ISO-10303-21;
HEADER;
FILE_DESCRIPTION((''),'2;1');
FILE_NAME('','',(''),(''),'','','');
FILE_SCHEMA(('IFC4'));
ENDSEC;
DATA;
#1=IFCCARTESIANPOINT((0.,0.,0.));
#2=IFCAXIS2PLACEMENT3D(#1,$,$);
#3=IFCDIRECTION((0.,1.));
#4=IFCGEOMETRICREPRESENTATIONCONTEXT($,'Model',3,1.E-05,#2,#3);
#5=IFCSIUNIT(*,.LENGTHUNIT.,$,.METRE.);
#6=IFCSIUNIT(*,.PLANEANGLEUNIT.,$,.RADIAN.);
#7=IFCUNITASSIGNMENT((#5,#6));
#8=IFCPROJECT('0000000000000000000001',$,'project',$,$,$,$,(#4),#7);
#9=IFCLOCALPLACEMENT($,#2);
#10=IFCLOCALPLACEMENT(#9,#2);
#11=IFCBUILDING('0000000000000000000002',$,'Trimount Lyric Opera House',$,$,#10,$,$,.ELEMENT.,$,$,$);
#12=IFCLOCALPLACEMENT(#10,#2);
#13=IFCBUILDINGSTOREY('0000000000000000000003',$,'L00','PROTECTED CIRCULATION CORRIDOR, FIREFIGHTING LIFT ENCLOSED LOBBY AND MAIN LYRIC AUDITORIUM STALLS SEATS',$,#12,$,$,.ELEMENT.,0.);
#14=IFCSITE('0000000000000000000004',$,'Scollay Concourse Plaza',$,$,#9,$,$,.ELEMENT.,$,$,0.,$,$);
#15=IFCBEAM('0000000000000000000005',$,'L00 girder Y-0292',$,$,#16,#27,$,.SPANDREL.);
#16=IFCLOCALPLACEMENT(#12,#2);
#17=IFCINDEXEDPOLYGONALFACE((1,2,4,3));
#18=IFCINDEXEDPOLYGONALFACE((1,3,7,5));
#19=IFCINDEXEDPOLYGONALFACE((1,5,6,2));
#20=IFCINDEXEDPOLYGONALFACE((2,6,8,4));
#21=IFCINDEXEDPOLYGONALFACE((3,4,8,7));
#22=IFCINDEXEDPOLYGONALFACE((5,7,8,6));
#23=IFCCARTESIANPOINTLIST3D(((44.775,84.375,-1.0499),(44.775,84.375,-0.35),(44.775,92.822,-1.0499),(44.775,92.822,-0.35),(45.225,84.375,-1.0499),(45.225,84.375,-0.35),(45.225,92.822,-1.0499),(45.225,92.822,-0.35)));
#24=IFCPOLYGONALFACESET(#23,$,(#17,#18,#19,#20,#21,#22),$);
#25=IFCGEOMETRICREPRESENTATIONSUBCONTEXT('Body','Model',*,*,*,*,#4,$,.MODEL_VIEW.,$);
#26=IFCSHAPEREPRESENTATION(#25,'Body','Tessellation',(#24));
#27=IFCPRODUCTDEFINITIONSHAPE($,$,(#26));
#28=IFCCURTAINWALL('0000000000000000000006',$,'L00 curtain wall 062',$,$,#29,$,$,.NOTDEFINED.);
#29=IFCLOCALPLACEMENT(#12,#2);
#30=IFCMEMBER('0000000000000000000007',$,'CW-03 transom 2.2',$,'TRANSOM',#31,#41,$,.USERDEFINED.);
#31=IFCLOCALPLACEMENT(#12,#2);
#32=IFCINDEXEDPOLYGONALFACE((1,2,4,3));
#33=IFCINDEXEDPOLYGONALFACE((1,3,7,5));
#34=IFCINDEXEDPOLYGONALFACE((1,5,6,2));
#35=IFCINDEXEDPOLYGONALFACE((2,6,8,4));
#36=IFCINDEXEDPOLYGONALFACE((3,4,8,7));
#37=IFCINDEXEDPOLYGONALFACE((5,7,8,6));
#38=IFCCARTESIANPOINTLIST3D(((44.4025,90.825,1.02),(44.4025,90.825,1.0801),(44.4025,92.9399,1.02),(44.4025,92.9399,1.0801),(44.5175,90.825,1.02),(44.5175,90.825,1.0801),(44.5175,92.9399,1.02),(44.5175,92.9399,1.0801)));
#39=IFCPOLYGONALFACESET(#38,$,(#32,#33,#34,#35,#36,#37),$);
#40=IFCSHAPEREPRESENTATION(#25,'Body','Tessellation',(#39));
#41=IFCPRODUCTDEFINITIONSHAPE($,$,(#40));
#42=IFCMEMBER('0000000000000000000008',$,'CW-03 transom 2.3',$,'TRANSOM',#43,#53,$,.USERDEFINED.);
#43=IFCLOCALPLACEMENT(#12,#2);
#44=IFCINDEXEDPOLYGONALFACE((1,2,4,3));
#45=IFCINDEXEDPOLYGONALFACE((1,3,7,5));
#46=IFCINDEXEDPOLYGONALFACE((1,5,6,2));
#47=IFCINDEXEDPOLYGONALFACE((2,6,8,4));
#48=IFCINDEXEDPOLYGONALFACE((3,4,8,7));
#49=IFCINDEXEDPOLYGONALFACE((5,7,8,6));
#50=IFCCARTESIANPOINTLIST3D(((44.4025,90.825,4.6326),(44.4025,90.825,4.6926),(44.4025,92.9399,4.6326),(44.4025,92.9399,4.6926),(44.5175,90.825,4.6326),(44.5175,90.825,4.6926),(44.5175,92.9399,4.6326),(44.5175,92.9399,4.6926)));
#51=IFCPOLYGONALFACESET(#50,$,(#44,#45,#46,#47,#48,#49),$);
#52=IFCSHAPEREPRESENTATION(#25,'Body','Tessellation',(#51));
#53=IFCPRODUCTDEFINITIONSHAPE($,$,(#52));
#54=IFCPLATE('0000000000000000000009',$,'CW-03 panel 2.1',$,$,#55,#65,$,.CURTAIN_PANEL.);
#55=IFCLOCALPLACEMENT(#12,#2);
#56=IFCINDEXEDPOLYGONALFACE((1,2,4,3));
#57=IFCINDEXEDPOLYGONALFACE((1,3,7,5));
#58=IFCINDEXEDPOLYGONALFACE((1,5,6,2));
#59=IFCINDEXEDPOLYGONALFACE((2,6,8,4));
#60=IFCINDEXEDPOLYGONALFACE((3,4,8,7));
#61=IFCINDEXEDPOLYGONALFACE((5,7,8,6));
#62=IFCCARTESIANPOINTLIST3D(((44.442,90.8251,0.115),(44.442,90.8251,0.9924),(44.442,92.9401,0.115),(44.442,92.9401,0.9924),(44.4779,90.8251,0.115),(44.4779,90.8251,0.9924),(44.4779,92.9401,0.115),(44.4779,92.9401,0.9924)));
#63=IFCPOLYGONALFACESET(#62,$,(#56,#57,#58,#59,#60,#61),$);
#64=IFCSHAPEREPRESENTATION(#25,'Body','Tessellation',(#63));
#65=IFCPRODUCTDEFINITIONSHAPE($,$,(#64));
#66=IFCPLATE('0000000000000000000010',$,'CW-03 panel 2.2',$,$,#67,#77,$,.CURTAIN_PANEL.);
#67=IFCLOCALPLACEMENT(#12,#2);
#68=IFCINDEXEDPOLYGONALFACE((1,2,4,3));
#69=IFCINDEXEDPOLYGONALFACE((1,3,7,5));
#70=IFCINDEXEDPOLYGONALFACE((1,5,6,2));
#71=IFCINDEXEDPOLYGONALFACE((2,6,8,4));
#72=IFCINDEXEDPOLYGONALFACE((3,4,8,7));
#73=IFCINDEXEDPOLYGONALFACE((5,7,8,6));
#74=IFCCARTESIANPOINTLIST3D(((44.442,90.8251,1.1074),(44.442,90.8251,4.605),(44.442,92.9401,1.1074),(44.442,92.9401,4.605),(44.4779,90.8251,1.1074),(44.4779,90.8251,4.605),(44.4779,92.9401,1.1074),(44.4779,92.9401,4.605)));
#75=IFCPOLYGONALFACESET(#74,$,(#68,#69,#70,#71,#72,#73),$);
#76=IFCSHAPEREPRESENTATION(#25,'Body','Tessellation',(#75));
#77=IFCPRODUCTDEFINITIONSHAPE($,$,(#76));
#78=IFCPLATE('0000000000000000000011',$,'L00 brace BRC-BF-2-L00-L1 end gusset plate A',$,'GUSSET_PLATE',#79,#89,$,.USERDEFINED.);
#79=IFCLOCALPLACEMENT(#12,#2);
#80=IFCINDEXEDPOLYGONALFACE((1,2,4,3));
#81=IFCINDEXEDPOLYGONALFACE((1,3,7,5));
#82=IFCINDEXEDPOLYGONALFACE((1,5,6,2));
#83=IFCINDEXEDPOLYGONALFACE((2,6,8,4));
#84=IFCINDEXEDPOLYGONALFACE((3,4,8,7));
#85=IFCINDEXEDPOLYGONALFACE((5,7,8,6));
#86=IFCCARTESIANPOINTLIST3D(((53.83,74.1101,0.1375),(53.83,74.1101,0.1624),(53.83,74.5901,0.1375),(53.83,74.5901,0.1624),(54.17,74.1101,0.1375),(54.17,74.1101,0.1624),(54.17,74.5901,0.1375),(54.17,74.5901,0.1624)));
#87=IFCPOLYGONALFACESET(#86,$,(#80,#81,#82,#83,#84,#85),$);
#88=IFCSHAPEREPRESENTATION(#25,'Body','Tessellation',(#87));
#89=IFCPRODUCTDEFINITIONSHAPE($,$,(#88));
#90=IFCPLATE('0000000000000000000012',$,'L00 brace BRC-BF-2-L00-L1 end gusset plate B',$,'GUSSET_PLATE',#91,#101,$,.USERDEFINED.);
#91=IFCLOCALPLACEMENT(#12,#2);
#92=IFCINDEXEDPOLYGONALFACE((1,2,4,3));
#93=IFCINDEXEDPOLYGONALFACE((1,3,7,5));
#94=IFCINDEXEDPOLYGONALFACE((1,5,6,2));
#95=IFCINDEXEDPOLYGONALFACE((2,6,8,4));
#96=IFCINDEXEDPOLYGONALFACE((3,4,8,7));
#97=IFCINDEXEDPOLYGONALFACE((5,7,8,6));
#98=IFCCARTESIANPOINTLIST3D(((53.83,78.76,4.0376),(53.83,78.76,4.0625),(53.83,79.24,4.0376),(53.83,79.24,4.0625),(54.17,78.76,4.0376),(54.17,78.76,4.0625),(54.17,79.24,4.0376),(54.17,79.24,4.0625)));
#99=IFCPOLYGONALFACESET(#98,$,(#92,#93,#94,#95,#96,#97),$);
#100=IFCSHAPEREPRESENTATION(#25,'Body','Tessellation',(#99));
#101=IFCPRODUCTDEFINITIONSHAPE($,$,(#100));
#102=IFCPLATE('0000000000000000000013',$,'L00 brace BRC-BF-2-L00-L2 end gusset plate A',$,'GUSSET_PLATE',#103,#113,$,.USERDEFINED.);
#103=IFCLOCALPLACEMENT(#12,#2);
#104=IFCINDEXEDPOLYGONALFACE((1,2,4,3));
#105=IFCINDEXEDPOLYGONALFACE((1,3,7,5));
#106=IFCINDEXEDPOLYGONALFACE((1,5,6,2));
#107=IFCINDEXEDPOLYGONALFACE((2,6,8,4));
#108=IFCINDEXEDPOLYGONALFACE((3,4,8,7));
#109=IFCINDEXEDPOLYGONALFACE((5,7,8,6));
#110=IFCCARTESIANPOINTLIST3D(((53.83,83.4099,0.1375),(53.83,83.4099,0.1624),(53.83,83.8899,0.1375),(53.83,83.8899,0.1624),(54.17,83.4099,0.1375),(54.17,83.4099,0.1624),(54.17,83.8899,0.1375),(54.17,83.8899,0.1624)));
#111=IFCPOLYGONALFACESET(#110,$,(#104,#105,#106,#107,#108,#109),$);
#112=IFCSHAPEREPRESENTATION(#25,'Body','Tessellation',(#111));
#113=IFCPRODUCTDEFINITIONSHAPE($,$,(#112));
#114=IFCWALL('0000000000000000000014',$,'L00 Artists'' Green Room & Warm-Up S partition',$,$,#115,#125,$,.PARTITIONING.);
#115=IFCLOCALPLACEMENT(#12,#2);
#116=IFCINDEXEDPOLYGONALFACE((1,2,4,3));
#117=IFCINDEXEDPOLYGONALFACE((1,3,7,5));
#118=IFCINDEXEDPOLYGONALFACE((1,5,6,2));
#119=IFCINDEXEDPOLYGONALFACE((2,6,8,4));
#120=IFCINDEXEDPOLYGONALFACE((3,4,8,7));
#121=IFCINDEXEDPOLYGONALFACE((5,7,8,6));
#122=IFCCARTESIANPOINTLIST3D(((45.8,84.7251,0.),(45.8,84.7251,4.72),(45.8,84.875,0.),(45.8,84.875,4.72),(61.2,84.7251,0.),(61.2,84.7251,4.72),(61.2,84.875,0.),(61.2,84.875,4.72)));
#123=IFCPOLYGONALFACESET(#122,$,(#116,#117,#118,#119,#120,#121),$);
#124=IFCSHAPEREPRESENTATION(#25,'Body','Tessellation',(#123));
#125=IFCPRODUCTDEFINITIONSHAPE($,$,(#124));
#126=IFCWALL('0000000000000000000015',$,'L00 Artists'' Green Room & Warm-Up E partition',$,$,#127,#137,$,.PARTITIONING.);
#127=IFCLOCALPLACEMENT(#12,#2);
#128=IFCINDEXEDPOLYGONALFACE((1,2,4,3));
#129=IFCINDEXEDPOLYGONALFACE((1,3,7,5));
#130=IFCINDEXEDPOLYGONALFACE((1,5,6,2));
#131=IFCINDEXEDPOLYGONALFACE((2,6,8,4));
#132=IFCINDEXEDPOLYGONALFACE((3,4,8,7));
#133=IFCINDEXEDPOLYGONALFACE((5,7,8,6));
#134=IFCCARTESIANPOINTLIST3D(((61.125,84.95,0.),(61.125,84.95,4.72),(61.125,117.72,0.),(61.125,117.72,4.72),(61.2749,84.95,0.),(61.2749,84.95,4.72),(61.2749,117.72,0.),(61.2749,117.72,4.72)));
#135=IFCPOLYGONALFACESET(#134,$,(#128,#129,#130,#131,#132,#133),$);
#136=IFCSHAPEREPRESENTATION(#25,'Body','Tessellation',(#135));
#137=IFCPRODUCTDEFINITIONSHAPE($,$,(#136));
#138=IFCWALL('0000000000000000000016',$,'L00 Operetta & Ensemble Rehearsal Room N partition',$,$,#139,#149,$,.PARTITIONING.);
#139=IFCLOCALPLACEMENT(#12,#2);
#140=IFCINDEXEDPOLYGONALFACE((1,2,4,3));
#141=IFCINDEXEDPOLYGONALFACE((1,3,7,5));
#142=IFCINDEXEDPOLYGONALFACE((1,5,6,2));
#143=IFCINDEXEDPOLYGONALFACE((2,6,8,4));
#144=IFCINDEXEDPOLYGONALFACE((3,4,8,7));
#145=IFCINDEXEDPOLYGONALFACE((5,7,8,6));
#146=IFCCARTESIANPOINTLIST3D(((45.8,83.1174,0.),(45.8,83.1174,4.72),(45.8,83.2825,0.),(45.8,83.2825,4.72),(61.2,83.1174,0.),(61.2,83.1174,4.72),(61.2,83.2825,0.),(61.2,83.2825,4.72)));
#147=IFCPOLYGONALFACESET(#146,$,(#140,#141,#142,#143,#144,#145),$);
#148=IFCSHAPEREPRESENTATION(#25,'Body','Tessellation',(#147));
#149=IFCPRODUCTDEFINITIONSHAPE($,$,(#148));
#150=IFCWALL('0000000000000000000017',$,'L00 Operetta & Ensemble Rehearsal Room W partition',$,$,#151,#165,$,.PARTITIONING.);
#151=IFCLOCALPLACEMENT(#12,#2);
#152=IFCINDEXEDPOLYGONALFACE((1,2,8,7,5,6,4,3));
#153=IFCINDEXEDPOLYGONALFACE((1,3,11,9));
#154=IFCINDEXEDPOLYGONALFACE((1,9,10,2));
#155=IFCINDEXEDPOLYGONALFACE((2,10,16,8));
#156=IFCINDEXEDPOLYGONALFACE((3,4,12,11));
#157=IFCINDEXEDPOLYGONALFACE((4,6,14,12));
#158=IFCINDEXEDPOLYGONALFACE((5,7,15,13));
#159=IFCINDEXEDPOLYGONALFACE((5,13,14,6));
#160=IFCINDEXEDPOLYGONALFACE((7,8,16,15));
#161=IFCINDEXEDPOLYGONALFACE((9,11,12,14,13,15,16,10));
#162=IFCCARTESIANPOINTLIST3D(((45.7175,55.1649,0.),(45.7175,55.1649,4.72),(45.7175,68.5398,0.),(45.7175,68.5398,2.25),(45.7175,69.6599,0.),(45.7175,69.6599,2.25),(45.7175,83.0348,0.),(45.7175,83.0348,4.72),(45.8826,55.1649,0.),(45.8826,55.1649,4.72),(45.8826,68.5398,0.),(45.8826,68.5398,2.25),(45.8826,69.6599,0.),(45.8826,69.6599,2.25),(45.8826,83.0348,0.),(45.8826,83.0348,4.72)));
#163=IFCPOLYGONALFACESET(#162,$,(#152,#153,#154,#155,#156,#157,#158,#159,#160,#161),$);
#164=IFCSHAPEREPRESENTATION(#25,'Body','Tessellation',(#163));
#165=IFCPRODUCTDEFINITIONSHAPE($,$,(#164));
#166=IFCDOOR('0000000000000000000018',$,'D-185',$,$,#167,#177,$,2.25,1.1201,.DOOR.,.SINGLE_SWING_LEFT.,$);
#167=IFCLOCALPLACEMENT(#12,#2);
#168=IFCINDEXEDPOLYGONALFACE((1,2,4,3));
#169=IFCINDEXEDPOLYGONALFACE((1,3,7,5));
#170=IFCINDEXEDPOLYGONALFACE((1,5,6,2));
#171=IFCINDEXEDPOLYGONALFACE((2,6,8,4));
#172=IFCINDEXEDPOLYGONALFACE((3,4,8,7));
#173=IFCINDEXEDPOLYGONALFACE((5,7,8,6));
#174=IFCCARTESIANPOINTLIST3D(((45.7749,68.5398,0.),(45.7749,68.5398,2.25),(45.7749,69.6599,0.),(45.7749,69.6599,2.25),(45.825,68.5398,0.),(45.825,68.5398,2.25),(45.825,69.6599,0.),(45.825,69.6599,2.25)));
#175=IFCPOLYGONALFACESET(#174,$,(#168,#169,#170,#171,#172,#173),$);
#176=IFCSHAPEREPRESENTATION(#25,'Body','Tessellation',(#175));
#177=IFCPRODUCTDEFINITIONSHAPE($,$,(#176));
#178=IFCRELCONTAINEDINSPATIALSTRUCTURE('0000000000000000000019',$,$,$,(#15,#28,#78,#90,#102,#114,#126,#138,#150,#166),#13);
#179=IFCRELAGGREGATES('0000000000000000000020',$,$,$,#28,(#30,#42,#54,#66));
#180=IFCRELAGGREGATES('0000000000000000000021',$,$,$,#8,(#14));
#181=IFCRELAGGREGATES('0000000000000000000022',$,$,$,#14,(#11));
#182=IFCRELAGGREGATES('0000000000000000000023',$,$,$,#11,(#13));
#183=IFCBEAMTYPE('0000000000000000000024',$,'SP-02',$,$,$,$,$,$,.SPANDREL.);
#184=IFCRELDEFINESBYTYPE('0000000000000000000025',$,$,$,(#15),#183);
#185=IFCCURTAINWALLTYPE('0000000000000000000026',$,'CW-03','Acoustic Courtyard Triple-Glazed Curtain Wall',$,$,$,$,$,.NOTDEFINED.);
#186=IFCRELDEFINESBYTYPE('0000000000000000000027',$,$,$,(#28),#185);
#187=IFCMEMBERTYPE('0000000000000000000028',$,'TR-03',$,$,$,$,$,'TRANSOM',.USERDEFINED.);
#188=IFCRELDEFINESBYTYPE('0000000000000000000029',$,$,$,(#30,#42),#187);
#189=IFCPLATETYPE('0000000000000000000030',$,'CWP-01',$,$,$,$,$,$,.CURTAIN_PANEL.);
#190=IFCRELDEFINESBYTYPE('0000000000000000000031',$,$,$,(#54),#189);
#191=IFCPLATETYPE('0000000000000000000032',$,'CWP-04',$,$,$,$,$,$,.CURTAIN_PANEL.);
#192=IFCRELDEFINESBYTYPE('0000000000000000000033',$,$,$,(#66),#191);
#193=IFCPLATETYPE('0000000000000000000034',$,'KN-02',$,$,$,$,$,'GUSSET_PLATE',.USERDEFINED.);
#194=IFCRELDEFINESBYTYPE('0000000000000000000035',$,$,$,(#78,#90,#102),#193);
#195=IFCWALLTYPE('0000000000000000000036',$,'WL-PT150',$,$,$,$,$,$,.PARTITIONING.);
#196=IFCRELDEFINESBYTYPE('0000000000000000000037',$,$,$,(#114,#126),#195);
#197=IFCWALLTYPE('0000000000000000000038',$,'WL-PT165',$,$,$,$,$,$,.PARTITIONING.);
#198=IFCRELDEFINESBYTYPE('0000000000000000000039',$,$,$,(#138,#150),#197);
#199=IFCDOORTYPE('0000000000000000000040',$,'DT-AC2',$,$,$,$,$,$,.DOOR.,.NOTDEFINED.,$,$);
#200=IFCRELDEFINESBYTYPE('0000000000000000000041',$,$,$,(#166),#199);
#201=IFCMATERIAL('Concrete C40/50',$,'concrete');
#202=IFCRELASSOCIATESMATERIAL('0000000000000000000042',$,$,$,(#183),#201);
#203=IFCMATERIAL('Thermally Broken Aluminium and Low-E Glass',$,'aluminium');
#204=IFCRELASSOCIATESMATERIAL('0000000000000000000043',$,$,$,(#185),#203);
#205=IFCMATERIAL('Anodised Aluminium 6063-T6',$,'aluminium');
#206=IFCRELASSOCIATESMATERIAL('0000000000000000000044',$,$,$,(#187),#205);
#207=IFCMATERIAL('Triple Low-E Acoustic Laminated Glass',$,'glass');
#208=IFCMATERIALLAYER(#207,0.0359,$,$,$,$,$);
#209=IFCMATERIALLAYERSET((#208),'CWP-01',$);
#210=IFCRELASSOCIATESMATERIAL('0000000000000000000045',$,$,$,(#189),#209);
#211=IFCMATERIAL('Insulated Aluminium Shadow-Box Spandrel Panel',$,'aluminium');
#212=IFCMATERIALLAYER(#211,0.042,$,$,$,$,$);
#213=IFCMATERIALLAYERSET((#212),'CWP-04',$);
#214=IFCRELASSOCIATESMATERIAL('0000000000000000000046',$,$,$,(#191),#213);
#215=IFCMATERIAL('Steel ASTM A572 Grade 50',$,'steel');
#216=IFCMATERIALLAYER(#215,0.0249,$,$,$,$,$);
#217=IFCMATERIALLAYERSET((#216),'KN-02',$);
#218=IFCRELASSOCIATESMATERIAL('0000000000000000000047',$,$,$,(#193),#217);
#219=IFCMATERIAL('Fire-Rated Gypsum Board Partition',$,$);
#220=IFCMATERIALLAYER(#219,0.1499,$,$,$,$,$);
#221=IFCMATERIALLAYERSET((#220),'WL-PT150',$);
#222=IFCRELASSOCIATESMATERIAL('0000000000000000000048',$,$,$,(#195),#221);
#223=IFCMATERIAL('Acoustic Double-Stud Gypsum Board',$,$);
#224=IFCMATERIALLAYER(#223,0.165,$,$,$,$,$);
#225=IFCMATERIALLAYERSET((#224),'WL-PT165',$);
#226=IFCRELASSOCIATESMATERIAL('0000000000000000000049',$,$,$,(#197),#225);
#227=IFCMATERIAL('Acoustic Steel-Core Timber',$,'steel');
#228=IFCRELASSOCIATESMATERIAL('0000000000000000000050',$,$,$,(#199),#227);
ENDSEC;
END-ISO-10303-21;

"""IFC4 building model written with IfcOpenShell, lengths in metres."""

from ifc_helpers import new_model, si_unit, direction, frame, frame_2d, origin, origin_2d, place, context, subcontext, project, spatial, rectangle, extrude, material, layer, layer_set, material_profile, profile_set, type_object, element, fill, aggregate, save


model = new_model("IFC4")

# Units and contexts
model_context = context("Model", 3, precision=1e-05, world=origin(), true_north=direction((0.0, 1.0)))
body_context = subcontext(model_context, "Body", "Model", "MODEL_VIEW")
ifc_project = project(units=[si_unit("LENGTHUNIT", "METRE"), si_unit("PLANEANGLEUNIT", "RADIAN")], contexts=[model_context])

# Site, building, storey
site_placement = place(None, origin())
site = spatial("IfcSite", under=ifc_project, at=site_placement, Name="Scollay Concourse Plaza", CompositionType="ELEMENT", RefElevation=0.0)
building_placement = place(site_placement, origin())
building = spatial("IfcBuilding", under=site, at=building_placement, Name="Trimount Lyric Opera House", CompositionType="ELEMENT")
storey_placement = place(building_placement, origin())
storey = spatial("IfcBuildingStorey", under=building, at=storey_placement, Name="L00", Description="PROTECTED CIRCULATION CORRIDOR, FIREFIGHTING LIFT ENCLOSED LOBBY AND MAIN LYRIC AUDITORIUM STALLS SEATS", CompositionType="ELEMENT", Elevation=0.0)

# Beam
ifc_material_1 = material(Name="Concrete C40/50", Category="concrete")
ifc_material_profile_1 = material_profile(ifc_material_1, rectangle(XDim=0.45, YDim=0.7, at=origin_2d()), Name="RC450X700")
ifc_profile_set_1 = profile_set([ifc_material_profile_1], Name="Concrete C40/50")
beam_type_1 = type_object("IfcBeamType", Name="SP-02", PredefinedType="SPANDREL", material=ifc_profile_set_1)
beam_1_placement = place(storey_placement, frame((45.0, 84.375, -0.7), z_axis=(0.0, 1.0, 0.0), x_axis=(-1.0, 0.0, 0.0)))
element("IfcBeam", 1, at=beam_1_placement, inside=storey, type_object=beam_type_1, Name="L00 girder Y-0292", PredefinedType="SPANDREL", context=body_context, shape_type="SweptSolid", body=[
    extrude(rectangle(XDim=0.45, YDim=0.7, at=origin_2d()), origin(), (0.0, 0.0, 1.0), 8.447),
])

# Curtain wall, members, plates
ifc_material_2 = material(Name="Thermally Broken Aluminium and Low-E Glass", Category="aluminium")
curtain_wall_type = type_object("IfcCurtainWallType", Name="CW-03", Description="Acoustic Courtyard Triple-Glazed Curtain Wall", PredefinedType="NOTDEFINED", material=ifc_material_2)
curtain_wall_placement = place(storey_placement, origin())
curtain_wall = element("IfcCurtainWall", 2, at=curtain_wall_placement, inside=storey, type_object=curtain_wall_type, Name="L00 curtain wall 062", PredefinedType="NOTDEFINED")
ifc_material_3 = material(Name="Anodised Aluminium 6063-T6", Category="aluminium")
ifc_material_profile_2 = material_profile(ifc_material_3, rectangle(XDim=0.115, YDim=0.0601, at=origin_2d()), Name="ALU-TRAN-60X115")
ifc_profile_set_2 = profile_set([ifc_material_profile_2], Name="Anodised Aluminium 6063-T6")
member_type_1 = type_object("IfcMemberType", Name="TR-03", ElementType="TRANSOM", PredefinedType="USERDEFINED", material=ifc_profile_set_2)
member_1_placement = place(storey_placement, frame((44.46, 90.825, 1.05), z_axis=(0.0, 1.0, 0.0), x_axis=(-1.0, 0.0, 0.0)))
member_1 = element("IfcMember", 3, at=member_1_placement, type_object=member_type_1, Name="CW-03 transom 2.2", ObjectType="TRANSOM", PredefinedType="USERDEFINED", context=body_context, shape_type="SweptSolid", body=[
    extrude(rectangle(XDim=0.115, YDim=0.0601, at=origin_2d()), origin(), (0.0, 0.0, 1.0), 2.115),
])
member_2_placement = place(storey_placement, frame((44.46, 90.825, 4.6626), z_axis=(0.0, 1.0, 0.0), x_axis=(-1.0, 0.0, 0.0)))
member_2 = element("IfcMember", 4, at=member_2_placement, type_object=member_type_1, Name="CW-03 transom 2.3", ObjectType="TRANSOM", PredefinedType="USERDEFINED", context=body_context, shape_type="SweptSolid", body=[
    extrude(rectangle(XDim=0.115, YDim=0.0601, at=origin_2d()), origin(), (0.0, 0.0, 1.0), 2.115),
])
ifc_material_4 = material(Name="Triple Low-E Acoustic Laminated Glass", Category="glass")
ifc_layer_1 = layer(ifc_material_4, 0.0359)
ifc_layer_set_1 = layer_set([ifc_layer_1], Name="CWP-01")
plate_type_1 = type_object("IfcPlateType", Name="CWP-01", PredefinedType="CURTAIN_PANEL", material=ifc_layer_set_1)
plate_1_placement = place(storey_placement, frame((44.46, 91.8826, 0.115), z_axis=(0.0, 0.0, 1.0), x_axis=(0.0, 1.0, 0.0)))
plate_1 = element("IfcPlate", 5, at=plate_1_placement, type_object=plate_type_1, Name="CW-03 panel 2.1", PredefinedType="CURTAIN_PANEL", context=body_context, shape_type="SweptSolid", body=[
    extrude(rectangle(XDim=2.115, YDim=0.0359, at=origin_2d()), origin(), (0.0, 0.0, 1.0), 0.8774),
])
ifc_material_5 = material(Name="Insulated Aluminium Shadow-Box Spandrel Panel", Category="aluminium")
ifc_layer_2 = layer(ifc_material_5, 0.042)
ifc_layer_set_2 = layer_set([ifc_layer_2], Name="CWP-04")
plate_type_2 = type_object("IfcPlateType", Name="CWP-04", PredefinedType="CURTAIN_PANEL", material=ifc_layer_set_2)
plate_2_placement = place(storey_placement, frame((44.46, 91.8826, 1.1074), z_axis=(0.0, 0.0, 1.0), x_axis=(0.0, 1.0, 0.0)))
plate_2 = element("IfcPlate", 6, at=plate_2_placement, type_object=plate_type_2, Name="CW-03 panel 2.2", PredefinedType="CURTAIN_PANEL", context=body_context, shape_type="SweptSolid", body=[
    extrude(rectangle(XDim=2.115, YDim=0.0359, at=origin_2d()), origin(), (0.0, 0.0, 1.0), 3.4976),
])
aggregate(curtain_wall, [member_1, member_2, plate_1, plate_2])

# Plates
ifc_material_6 = material(Name="Steel ASTM A572 Grade 50", Category="steel")
ifc_layer_3 = layer(ifc_material_6, 0.0249)
ifc_layer_set_3 = layer_set([ifc_layer_3], Name="KN-02")
plate_type_3 = type_object("IfcPlateType", Name="KN-02", ElementType="GUSSET_PLATE", PredefinedType="USERDEFINED", material=ifc_layer_set_3)
for number, where, z_axis, x_axis, name in (
    (7, (54.0, 74.3501, 0.1375), (0.0, 0.0, 1.0), (0.0, 1.0, 0.0), "L00 brace BRC-BF-2-L00-L1 end gusset plate A"),
    (8, (54.0, 79.0, 4.0376), (0.0, 0.0, 1.0), (0.0, 1.0, 0.0), "L00 brace BRC-BF-2-L00-L1 end gusset plate B"),
    (9, (54.0, 83.6499, 0.1375), (0.0, 0.0, 1.0), (0.0, -1.0, 0.0), "L00 brace BRC-BF-2-L00-L2 end gusset plate A"),
):
    element("IfcPlate", number, at=place(storey_placement, frame(where, z_axis=z_axis, x_axis=x_axis)), inside=storey, type_object=plate_type_3, Name=name, ObjectType="GUSSET_PLATE", PredefinedType="USERDEFINED", context=body_context, shape_type="SweptSolid", body=[
        extrude(rectangle(XDim=0.48, YDim=0.3401, at=origin_2d()), origin(), (0.0, 0.0, 1.0), 0.0249),
    ])

# Walls
ifc_material_7 = material(Name="Fire-Rated Gypsum Board Partition")
ifc_layer_4 = layer(ifc_material_7, 0.1499)
ifc_layer_set_4 = layer_set([ifc_layer_4], Name="WL-PT150")
wall_type_1 = type_object("IfcWallType", Name="WL-PT150", PredefinedType="PARTITIONING", material=ifc_layer_set_4)
wall_1_placement = place(storey_placement, frame((45.8, 84.8, 0.0), z_axis=(0.0, 0.0, 1.0), x_axis=(1.0, 0.0, 0.0)))
element("IfcWall", 10, at=wall_1_placement, inside=storey, type_object=wall_type_1, Name="L00 Artists' Green Room & Warm-Up S partition", PredefinedType="PARTITIONING", context=body_context, shape_type="SweptSolid", body=[
    extrude(rectangle(XDim=15.3999, YDim=0.1499, at=frame_2d((7.7, 0.0))), origin(), (0.0, 0.0, 1.0), 4.72),
])
wall_2_placement = place(storey_placement, frame((61.2, 84.95, 0.0), z_axis=(0.0, 0.0, 1.0), x_axis=(0.0, 1.0, 0.0)))
element("IfcWall", 11, at=wall_2_placement, inside=storey, type_object=wall_type_1, Name="L00 Artists' Green Room & Warm-Up E partition", PredefinedType="PARTITIONING", context=body_context, shape_type="SweptSolid", body=[
    extrude(rectangle(XDim=32.77, YDim=0.1499, at=frame_2d((16.385, 0.0))), origin(), (0.0, 0.0, 1.0), 4.72),
])
ifc_material_8 = material(Name="Acoustic Double-Stud Gypsum Board")
ifc_layer_5 = layer(ifc_material_8, 0.165)
ifc_layer_set_5 = layer_set([ifc_layer_5], Name="WL-PT165")
wall_type_2 = type_object("IfcWallType", Name="WL-PT165", PredefinedType="PARTITIONING", material=ifc_layer_set_5)
wall_3_placement = place(storey_placement, frame((61.2, 83.2, 0.0), z_axis=(0.0, 0.0, 1.0), x_axis=(-1.0, 0.0, 0.0)))
element("IfcWall", 12, at=wall_3_placement, inside=storey, type_object=wall_type_2, Name="L00 Operetta & Ensemble Rehearsal Room N partition", PredefinedType="PARTITIONING", context=body_context, shape_type="SweptSolid", body=[
    extrude(rectangle(XDim=15.3999, YDim=0.165, at=frame_2d((7.7, 0.0))), origin(), (0.0, 0.0, 1.0), 4.72),
])

# Wall, opening, door
wall_4_placement = place(storey_placement, frame((45.8, 83.0349, 0.0), z_axis=(0.0, 0.0, 1.0), x_axis=(0.0, -1.0, 0.0)))
wall_4 = element("IfcWall", 13, at=wall_4_placement, inside=storey, type_object=wall_type_2, Name="L00 Operetta & Ensemble Rehearsal Room W partition", PredefinedType="PARTITIONING", context=body_context, shape_type="SweptSolid", body=[
    extrude(rectangle(XDim=27.8699, YDim=0.165, at=frame_2d((13.9351, 0.0))), origin(), (0.0, 0.0, 1.0), 4.72),
])
opening_placement = place(wall_4_placement, frame((13.375, 0.0, 0.0)))
opening = element("IfcOpeningElement", 14, at=opening_placement, cuts=wall_4, PredefinedType="OPENING", context=body_context, shape_type="SweptSolid", body=[
    extrude(rectangle(XDim=1.1201, YDim=2.25, at=frame_2d((0.5601, 1.125))), frame((0.0, 0.0925, 0.0), z_axis=(0.0, -1.0, 0.0), x_axis=(1.0, 0.0, 0.0)), (0.0, 0.0, 1.0), 0.1851),
])
ifc_material_9 = material(Name="Acoustic Steel-Core Timber", Category="steel")
door_type = type_object("IfcDoorType", Name="DT-AC2", OperationType="NOTDEFINED", PredefinedType="DOOR", material=ifc_material_9)
door_placement = place(opening_placement, origin())
door = element("IfcDoor", 15, at=door_placement, inside=storey, type_object=door_type, Name="D-185", OperationType="SINGLE_SWING_LEFT", OverallHeight=2.25, OverallWidth=1.1201, PredefinedType="DOOR", context=body_context, shape_type="SweptSolid", body=[
    extrude(rectangle(XDim=1.1201, YDim=2.25, at=frame_2d((0.5601, 1.125))), frame((0.0, 0.0249, 0.0), z_axis=(0.0, -1.0, 0.0), x_axis=(1.0, 0.0, 0.0)), (0.0, 0.0, 1.0), 0.05),
])
fill(opening, door)

save(model, "model.ifc")
